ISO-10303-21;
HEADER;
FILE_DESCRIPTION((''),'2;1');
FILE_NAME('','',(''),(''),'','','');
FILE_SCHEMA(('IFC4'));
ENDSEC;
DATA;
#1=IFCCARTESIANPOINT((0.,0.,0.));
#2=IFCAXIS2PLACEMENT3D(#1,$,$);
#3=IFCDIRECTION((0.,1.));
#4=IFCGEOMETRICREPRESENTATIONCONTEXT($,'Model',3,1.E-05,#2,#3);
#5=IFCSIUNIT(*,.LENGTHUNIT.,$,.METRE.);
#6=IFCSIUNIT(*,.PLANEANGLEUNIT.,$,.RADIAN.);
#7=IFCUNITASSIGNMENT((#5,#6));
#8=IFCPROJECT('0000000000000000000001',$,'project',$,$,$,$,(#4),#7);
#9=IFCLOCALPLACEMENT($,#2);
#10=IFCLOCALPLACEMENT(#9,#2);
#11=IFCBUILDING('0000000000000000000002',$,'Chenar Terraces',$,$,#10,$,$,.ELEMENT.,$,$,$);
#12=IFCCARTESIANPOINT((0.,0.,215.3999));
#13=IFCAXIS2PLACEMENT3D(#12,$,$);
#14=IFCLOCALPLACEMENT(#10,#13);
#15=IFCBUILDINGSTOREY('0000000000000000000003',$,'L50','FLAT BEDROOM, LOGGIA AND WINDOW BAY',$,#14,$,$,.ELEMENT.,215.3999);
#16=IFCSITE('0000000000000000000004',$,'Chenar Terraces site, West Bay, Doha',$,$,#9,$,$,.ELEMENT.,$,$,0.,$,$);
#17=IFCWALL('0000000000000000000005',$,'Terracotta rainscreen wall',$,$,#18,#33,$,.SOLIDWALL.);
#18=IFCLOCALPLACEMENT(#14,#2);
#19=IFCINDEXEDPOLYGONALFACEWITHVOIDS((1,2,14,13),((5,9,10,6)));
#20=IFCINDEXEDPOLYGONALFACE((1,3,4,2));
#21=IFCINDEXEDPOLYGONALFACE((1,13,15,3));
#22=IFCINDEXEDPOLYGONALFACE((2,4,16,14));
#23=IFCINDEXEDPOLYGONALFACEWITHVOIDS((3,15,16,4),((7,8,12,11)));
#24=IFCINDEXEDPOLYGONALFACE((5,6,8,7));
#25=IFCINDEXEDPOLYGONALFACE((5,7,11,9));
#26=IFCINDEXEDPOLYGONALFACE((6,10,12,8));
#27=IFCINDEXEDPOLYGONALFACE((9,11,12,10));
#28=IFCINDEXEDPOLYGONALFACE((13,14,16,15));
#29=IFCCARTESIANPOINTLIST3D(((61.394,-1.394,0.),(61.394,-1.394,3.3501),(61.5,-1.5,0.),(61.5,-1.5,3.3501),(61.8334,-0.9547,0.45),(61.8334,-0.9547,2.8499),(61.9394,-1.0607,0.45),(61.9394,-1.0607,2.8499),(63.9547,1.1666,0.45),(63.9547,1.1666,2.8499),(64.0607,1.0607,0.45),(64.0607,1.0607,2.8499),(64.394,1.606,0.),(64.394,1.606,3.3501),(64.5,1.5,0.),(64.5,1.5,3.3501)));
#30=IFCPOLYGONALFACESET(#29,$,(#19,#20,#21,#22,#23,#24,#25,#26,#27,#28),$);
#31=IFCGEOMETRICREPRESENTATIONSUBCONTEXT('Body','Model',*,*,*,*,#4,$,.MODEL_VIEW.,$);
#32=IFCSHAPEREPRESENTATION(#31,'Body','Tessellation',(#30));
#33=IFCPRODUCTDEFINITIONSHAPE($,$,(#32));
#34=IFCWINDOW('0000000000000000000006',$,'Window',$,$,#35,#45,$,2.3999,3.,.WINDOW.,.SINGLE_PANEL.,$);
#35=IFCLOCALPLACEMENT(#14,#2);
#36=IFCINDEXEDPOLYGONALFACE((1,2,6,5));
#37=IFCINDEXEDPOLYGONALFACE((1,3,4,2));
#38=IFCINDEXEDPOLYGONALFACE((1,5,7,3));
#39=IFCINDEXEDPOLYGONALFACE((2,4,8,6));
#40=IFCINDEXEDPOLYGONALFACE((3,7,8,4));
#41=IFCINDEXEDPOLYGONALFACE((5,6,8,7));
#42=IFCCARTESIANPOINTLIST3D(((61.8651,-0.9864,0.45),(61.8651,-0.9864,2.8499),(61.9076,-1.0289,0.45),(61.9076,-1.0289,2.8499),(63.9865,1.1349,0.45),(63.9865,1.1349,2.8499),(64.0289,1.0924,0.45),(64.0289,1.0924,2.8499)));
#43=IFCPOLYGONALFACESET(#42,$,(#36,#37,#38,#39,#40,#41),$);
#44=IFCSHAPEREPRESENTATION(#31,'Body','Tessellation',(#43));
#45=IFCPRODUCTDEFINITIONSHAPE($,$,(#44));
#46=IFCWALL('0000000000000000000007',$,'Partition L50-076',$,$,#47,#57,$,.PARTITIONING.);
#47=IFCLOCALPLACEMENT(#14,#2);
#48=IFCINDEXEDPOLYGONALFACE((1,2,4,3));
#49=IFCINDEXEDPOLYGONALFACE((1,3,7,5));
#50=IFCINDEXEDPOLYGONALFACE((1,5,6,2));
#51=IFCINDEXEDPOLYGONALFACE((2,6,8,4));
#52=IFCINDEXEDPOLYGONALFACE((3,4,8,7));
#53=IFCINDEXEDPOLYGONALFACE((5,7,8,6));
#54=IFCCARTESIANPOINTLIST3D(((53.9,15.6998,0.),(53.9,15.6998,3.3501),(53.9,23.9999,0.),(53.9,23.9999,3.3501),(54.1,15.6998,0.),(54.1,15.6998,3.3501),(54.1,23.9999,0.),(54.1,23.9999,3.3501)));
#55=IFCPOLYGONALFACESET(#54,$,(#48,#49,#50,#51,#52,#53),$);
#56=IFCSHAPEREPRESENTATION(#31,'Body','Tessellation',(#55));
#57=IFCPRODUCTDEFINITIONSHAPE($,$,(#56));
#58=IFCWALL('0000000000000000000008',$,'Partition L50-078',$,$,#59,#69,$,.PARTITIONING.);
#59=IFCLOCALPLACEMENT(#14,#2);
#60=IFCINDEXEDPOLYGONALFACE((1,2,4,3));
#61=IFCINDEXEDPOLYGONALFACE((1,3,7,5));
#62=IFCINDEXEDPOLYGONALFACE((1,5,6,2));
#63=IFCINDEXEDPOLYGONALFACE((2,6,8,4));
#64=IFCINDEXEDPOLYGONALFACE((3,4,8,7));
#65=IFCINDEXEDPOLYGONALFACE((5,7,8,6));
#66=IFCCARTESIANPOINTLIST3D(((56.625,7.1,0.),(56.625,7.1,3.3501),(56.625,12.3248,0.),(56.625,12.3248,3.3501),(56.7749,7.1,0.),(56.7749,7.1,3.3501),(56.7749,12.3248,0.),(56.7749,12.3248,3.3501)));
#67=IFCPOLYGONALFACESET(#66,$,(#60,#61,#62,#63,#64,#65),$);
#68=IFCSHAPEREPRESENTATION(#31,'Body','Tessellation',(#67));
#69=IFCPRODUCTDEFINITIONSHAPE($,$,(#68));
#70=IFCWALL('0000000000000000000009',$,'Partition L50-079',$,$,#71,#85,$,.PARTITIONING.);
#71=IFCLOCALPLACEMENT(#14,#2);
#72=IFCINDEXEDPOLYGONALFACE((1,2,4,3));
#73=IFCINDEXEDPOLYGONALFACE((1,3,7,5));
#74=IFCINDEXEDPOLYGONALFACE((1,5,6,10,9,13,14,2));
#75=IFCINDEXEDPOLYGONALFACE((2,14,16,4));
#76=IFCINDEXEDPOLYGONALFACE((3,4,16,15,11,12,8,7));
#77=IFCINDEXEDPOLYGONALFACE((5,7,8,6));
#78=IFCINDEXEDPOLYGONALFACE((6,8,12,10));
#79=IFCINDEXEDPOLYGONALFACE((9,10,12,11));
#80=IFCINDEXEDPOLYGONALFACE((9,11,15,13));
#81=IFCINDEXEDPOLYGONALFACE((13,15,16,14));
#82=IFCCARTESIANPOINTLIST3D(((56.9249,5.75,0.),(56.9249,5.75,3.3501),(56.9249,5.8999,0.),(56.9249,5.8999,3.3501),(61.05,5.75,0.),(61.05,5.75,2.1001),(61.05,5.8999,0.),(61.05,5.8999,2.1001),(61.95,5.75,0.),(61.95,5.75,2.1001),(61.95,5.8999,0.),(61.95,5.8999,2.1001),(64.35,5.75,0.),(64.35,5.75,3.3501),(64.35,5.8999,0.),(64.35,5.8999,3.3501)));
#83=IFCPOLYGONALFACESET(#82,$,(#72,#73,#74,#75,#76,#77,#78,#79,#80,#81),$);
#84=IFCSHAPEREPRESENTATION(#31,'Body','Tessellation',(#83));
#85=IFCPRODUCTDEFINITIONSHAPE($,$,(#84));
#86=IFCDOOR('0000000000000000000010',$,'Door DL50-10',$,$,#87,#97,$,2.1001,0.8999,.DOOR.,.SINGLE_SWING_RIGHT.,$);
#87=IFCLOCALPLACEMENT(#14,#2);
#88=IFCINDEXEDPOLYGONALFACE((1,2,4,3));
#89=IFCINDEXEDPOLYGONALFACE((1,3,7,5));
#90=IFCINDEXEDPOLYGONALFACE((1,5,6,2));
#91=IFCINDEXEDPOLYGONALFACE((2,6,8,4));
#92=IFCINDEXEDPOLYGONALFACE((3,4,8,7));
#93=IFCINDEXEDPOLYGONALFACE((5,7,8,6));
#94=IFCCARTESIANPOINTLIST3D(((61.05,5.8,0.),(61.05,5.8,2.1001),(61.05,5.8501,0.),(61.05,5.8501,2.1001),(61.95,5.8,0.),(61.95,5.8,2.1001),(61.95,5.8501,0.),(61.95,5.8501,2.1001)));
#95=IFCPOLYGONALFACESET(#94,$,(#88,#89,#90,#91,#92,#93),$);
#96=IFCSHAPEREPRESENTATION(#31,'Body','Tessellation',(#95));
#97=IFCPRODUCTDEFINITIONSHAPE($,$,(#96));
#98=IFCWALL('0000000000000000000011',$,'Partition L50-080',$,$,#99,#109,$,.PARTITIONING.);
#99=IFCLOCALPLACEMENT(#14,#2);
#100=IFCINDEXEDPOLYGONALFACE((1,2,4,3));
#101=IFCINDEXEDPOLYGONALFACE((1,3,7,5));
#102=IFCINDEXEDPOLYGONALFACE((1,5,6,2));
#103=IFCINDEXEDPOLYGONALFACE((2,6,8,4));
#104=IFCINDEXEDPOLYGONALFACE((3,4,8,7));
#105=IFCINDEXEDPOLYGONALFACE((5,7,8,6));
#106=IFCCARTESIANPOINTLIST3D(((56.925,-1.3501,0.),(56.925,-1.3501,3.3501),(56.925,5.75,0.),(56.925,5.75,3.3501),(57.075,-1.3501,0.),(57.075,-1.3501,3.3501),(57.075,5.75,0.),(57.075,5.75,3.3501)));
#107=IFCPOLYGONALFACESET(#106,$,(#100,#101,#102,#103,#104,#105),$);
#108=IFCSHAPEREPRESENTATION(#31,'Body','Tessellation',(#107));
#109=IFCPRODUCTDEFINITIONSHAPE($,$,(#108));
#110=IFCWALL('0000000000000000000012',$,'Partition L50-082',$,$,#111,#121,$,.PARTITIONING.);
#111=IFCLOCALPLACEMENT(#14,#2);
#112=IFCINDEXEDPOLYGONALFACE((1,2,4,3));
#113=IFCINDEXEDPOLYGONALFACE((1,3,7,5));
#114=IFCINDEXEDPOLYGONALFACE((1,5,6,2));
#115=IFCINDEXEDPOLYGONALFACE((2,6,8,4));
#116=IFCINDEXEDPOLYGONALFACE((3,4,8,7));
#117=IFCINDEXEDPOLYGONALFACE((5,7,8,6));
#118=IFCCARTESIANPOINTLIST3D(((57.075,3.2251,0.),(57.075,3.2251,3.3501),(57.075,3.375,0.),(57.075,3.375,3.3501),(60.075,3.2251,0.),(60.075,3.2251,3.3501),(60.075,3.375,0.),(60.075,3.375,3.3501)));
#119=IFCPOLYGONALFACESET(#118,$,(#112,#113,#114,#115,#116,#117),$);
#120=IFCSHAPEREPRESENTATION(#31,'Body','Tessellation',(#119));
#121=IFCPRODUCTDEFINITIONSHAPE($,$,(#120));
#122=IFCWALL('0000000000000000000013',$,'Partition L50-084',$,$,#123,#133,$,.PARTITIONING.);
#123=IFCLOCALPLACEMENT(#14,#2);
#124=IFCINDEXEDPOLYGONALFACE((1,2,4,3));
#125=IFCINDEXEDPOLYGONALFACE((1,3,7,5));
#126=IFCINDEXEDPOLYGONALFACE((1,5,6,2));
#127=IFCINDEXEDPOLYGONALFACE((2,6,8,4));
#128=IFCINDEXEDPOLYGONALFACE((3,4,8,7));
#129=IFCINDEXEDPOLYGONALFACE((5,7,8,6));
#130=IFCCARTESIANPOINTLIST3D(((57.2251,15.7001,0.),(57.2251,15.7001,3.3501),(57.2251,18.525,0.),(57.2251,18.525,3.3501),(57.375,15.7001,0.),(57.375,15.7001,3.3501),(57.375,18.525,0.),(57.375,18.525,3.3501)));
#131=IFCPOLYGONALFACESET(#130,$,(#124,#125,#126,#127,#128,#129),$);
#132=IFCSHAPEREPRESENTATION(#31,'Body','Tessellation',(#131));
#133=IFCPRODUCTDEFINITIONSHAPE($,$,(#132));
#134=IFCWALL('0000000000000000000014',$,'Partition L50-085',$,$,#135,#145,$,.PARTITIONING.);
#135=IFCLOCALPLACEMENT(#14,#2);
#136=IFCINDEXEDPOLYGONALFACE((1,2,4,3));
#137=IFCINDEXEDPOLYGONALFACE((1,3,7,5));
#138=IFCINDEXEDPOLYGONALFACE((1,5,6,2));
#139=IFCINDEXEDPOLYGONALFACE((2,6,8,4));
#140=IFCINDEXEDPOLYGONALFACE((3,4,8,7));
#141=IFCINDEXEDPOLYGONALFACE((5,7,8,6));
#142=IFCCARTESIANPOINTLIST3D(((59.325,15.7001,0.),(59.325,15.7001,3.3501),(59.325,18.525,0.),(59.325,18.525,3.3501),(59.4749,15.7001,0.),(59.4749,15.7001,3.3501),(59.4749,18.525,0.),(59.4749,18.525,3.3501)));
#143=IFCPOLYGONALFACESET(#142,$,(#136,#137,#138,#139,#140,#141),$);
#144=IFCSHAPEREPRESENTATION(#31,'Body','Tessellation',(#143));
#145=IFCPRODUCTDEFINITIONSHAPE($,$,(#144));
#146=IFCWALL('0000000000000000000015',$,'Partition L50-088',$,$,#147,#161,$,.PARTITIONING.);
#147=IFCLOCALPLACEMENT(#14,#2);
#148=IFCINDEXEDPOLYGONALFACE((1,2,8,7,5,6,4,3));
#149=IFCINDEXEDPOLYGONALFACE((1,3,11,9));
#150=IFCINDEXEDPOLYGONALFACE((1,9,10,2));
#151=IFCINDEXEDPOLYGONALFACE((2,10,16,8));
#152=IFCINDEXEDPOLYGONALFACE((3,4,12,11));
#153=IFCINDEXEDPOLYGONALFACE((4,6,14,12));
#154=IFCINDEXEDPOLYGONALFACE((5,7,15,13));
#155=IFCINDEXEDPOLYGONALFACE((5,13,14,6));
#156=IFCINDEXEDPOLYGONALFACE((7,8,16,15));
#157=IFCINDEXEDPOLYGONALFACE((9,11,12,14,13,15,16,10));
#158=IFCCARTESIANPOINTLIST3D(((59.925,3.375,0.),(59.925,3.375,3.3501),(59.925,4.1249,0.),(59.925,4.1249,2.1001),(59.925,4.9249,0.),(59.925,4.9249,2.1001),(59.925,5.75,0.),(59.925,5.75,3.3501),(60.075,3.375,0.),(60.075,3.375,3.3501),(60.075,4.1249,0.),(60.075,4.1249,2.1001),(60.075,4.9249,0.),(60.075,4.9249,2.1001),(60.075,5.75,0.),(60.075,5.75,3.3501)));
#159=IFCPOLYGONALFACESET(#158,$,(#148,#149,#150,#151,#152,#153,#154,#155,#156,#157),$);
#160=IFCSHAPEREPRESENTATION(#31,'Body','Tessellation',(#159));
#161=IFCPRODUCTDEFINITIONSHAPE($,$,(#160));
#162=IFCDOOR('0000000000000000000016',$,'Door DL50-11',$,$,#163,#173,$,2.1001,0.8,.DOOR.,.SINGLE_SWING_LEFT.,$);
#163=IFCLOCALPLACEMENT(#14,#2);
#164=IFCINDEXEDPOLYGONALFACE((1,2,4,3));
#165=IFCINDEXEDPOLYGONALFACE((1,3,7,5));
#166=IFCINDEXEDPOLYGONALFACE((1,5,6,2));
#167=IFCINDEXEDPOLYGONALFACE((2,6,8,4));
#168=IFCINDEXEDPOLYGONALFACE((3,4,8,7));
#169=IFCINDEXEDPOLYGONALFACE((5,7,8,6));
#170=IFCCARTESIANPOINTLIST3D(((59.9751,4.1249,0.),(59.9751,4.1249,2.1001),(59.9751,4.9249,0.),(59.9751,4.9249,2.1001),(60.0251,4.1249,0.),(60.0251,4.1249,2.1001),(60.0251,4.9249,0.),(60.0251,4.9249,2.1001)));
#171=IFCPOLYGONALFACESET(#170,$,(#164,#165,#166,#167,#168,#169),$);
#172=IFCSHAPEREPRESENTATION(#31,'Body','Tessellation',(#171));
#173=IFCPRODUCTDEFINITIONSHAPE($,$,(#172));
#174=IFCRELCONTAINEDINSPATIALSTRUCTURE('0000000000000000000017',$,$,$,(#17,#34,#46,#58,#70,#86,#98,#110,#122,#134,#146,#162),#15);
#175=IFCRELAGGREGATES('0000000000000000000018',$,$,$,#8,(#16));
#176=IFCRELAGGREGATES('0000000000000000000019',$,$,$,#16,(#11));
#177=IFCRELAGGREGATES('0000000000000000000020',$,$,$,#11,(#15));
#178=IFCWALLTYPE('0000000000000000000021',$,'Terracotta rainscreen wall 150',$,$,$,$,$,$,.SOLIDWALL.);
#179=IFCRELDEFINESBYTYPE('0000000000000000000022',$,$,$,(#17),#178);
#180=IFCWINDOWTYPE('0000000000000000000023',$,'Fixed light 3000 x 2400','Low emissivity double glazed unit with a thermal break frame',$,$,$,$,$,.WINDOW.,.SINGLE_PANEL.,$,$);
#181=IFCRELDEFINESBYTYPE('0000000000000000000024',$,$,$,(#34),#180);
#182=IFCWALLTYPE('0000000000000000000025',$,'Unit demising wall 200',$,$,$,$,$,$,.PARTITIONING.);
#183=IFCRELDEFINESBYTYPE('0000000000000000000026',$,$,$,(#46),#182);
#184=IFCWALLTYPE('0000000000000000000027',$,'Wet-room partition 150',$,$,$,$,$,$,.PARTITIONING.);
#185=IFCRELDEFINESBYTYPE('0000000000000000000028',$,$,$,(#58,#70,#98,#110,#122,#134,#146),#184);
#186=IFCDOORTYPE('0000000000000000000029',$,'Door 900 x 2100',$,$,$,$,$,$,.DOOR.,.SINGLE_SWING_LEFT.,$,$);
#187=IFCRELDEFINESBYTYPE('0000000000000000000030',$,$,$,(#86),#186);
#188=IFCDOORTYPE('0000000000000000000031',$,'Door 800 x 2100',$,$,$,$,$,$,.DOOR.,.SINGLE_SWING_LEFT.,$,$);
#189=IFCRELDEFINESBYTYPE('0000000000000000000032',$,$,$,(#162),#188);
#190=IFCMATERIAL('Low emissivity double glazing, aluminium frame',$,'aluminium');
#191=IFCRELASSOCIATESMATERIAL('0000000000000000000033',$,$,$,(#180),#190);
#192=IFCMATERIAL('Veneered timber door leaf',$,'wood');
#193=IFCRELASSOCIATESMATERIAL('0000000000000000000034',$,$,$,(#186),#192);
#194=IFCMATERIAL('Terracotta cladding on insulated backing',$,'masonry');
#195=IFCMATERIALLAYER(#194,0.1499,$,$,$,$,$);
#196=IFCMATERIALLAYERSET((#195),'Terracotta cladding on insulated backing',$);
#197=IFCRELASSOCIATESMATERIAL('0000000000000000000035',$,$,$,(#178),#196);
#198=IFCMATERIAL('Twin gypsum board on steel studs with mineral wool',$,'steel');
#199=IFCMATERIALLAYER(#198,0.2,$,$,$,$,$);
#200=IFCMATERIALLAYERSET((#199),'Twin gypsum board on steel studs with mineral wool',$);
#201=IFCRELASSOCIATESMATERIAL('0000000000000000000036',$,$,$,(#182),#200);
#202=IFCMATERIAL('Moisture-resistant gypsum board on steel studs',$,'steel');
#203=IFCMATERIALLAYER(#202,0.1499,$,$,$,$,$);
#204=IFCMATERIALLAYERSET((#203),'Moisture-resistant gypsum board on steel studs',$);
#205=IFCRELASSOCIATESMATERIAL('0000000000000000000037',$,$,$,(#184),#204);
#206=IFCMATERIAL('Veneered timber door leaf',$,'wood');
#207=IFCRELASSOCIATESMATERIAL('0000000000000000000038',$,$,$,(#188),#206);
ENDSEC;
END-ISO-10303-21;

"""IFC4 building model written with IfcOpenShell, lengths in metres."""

from ifc_helpers import new_model, si_unit, direction, frame, frame_2d, origin, place, context, subcontext, project, spatial, rectangle, extrude, material, layer, layer_set, type_object, element, fill, save


model = new_model("IFC4")

# Units and contexts
model_context = context("Model", 3, precision=1e-05, world=origin(), true_north=direction((0.0, 1.0)))
body_context = subcontext(model_context, "Body", "Model", "MODEL_VIEW")
ifc_project = project(units=[si_unit("LENGTHUNIT", "METRE"), si_unit("PLANEANGLEUNIT", "RADIAN")], contexts=[model_context])

# Site, building, storey
site_placement = place(None, origin())
site = spatial("IfcSite", under=ifc_project, at=site_placement, Name="Chenar Terraces site, West Bay, Doha", CompositionType="ELEMENT", RefElevation=0.0)
building_placement = place(site_placement, origin())
building = spatial("IfcBuilding", under=site, at=building_placement, Name="Chenar Terraces", CompositionType="ELEMENT")
storey_placement = place(building_placement, frame((0.0, 0.0, 215.3999)))
storey = spatial("IfcBuildingStorey", under=building, at=storey_placement, Name="L50", Description="FLAT BEDROOM, LOGGIA AND WINDOW BAY", CompositionType="ELEMENT", Elevation=215.3999)

# Shared definitions
ifc_material_1 = material(Name="Low emissivity double glazing, aluminium frame", Category="aluminium")
window_type_1 = type_object("IfcWindowType", Name="Fixed light 3000 x 2400", Description="Low emissivity double glazed unit with a thermal break frame", PartitioningType="SINGLE_PANEL", PredefinedType="WINDOW", material=ifc_material_1)

# Shared definitions
ifc_material_2 = material(Name="Veneered timber door leaf", Category="wood")
door_type_1 = type_object("IfcDoorType", Name="Door 900 x 2100", OperationType="SINGLE_SWING_LEFT", PredefinedType="DOOR", material=ifc_material_2)

# Wall, opening, window
ifc_material_3 = material(Name="Terracotta cladding on insulated backing", Category="masonry")
ifc_layer_1 = layer(ifc_material_3, 0.1499)
ifc_layer_set_1 = layer_set([ifc_layer_1], Name="Terracotta cladding on insulated backing")
wall_type_1 = type_object("IfcWallType", Name="Terracotta rainscreen wall 150", PredefinedType="SOLIDWALL", material=ifc_layer_set_1)
wall_1_placement = place(storey_placement, frame((61.447, -1.447, 0.0), z_axis=(0.0, 0.0, 1.0), x_axis=(0.707107, 0.707107, 0.0)))
wall_1 = element("IfcWall", 1, at=wall_1_placement, inside=storey, type_object=wall_type_1, Name="Terracotta rainscreen wall", PredefinedType="SOLIDWALL", context=body_context, shape_type="SweptSolid", body=[
    extrude(rectangle(XDim=4.2427, YDim=0.1499, at=frame_2d((2.1213, 0.0))), origin(), (0.0, 0.0, 1.0), 3.3501),
])
opening_1_placement = place(wall_1_placement, frame((0.6213, 0.0, 0.45)))
opening_1 = element("IfcOpeningElement", 2, at=opening_1_placement, cuts=wall_1, PredefinedType="OPENING", context=body_context, shape_type="SweptSolid", body=[
    extrude(rectangle(XDim=3.0, YDim=2.3999, at=frame_2d((1.5, 1.2))), frame((0.0, 0.085, 0.0), z_axis=(0.0, -1.0, 0.0), x_axis=(1.0, 0.0, 0.0)), (0.0, 0.0, 1.0), 0.1699),
])
window_1_placement = place(opening_1_placement, origin())
window_1 = element("IfcWindow", 3, at=window_1_placement, inside=storey, type_object=window_type_1, Name="Window", OverallHeight=2.3999, OverallWidth=3.0, PartitioningType="SINGLE_PANEL", PredefinedType="WINDOW", context=body_context, shape_type="SweptSolid", body=[
    extrude(rectangle(XDim=3.0, YDim=2.3999, at=frame_2d((1.5, 1.2))), frame((0.0, 0.03, 0.0), z_axis=(0.0, -1.0, 0.0), x_axis=(1.0, 0.0, 0.0)), (0.0, 0.0, 1.0), 0.0601),
])
fill(opening_1, window_1)

# Walls
ifc_material_4 = material(Name="Twin gypsum board on steel studs with mineral wool", Category="steel")
ifc_layer_2 = layer(ifc_material_4, 0.2)
ifc_layer_set_2 = layer_set([ifc_layer_2], Name="Twin gypsum board on steel studs with mineral wool")
wall_type_2 = type_object("IfcWallType", Name="Unit demising wall 200", PredefinedType="PARTITIONING", material=ifc_layer_set_2)
wall_2_placement = place(storey_placement, frame((54.0, 15.7, 0.0), z_axis=(0.0, 0.0, 1.0), x_axis=(0.0, 1.0, 0.0)))
element("IfcWall", 4, at=wall_2_placement, inside=storey, type_object=wall_type_2, Name="Partition L50-076", PredefinedType="PARTITIONING", context=body_context, shape_type="SweptSolid", body=[
    extrude(rectangle(XDim=8.3, YDim=0.2, at=frame_2d((4.1499, 0.0))), origin(), (0.0, 0.0, 1.0), 3.3501),
])
ifc_material_5 = material(Name="Moisture-resistant gypsum board on steel studs", Category="steel")
ifc_layer_3 = layer(ifc_material_5, 0.1499)
ifc_layer_set_3 = layer_set([ifc_layer_3], Name="Moisture-resistant gypsum board on steel studs")
wall_type_3 = type_object("IfcWallType", Name="Wet-room partition 150", PredefinedType="PARTITIONING", material=ifc_layer_set_3)
wall_3_placement = place(storey_placement, frame((56.7, 7.1001, 0.0), z_axis=(0.0, 0.0, 1.0), x_axis=(0.0, 1.0, 0.0)))
element("IfcWall", 5, at=wall_3_placement, inside=storey, type_object=wall_type_3, Name="Partition L50-078", PredefinedType="PARTITIONING", context=body_context, shape_type="SweptSolid", body=[
    extrude(rectangle(XDim=5.2249, YDim=0.1499, at=frame_2d((2.6123, 0.0))), origin(), (0.0, 0.0, 1.0), 3.3501),
])

# Wall, opening, door
wall_4_placement = place(storey_placement, frame((56.925, 5.825, 0.0), z_axis=(0.0, 0.0, 1.0), x_axis=(1.0, 0.0, 0.0)))
wall_4 = element("IfcWall", 6, at=wall_4_placement, inside=storey, type_object=wall_type_3, Name="Partition L50-079", PredefinedType="PARTITIONING", context=body_context, shape_type="SweptSolid", body=[
    extrude(rectangle(XDim=7.425, YDim=0.1499, at=frame_2d((3.7124, 0.0))), origin(), (0.0, 0.0, 1.0), 3.3501),
])
opening_2_placement = place(wall_4_placement, frame((4.125, 0.0, 0.0)))
opening_2 = element("IfcOpeningElement", 7, at=opening_2_placement, cuts=wall_4, PredefinedType="OPENING", context=body_context, shape_type="SweptSolid", body=[
    extrude(rectangle(XDim=0.8999, YDim=2.1001, at=frame_2d((0.45, 1.05))), frame((0.0, 0.085, 0.0), z_axis=(0.0, -1.0, 0.0), x_axis=(1.0, 0.0, 0.0)), (0.0, 0.0, 1.0), 0.1699),
])
door_1_placement = place(opening_2_placement, frame((0.8999, 0.0, 0.0), z_axis=(0.0, 0.0, 1.0), x_axis=(-1.0, 0.0, 0.0)))
door_1 = element("IfcDoor", 8, at=door_1_placement, inside=storey, type_object=door_type_1, Name="Door DL50-10", OperationType="SINGLE_SWING_RIGHT", OverallHeight=2.1001, OverallWidth=0.8999, PredefinedType="DOOR", context=body_context, shape_type="SweptSolid", body=[
    extrude(rectangle(XDim=0.8999, YDim=2.1001, at=frame_2d((0.45, 1.05))), frame((0.0, 0.0249, 0.0), z_axis=(0.0, -1.0, 0.0), x_axis=(1.0, 0.0, 0.0)), (0.0, 0.0, 1.0), 0.05),
])
fill(opening_2, door_1)

# Walls
wall_5_placement = place(storey_placement, frame((57.0, -1.3501, 0.0), z_axis=(0.0, 0.0, 1.0), x_axis=(0.0, 1.0, 0.0)))
element("IfcWall", 9, at=wall_5_placement, inside=storey, type_object=wall_type_3, Name="Partition L50-080", PredefinedType="PARTITIONING", context=body_context, shape_type="SweptSolid", body=[
    extrude(rectangle(XDim=7.1001, YDim=0.1499, at=frame_2d((3.55, 0.0))), origin(), (0.0, 0.0, 1.0), 3.3501),
])
wall_6_placement = place(storey_placement, frame((57.075, 3.3, 0.0), z_axis=(0.0, 0.0, 1.0), x_axis=(1.0, 0.0, 0.0)))
element("IfcWall", 10, at=wall_6_placement, inside=storey, type_object=wall_type_3, Name="Partition L50-082", PredefinedType="PARTITIONING", context=body_context, shape_type="SweptSolid", body=[
    extrude(rectangle(XDim=3.0, YDim=0.1499, at=frame_2d((1.5, 0.0))), origin(), (0.0, 0.0, 1.0), 3.3501),
])
for number, where, z_axis, x_axis, name in (
    (11, (57.3, 15.7, 0.0), (0.0, 0.0, 1.0), (0.0, 1.0, 0.0), "Partition L50-084"),
    (12, (59.3999, 15.7, 0.0), (0.0, 0.0, 1.0), (0.0, 1.0, 0.0), "Partition L50-085"),
):
    element("IfcWall", number, at=place(storey_placement, frame(where, z_axis=z_axis, x_axis=x_axis)), inside=storey, type_object=wall_type_3, Name=name, PredefinedType="PARTITIONING", context=body_context, shape_type="SweptSolid", body=[
        extrude(rectangle(XDim=2.825, YDim=0.1499, at=frame_2d((1.4126, 0.0))), origin(), (0.0, 0.0, 1.0), 3.3501),
    ])

# Wall, opening, door
wall_7_placement = place(storey_placement, frame((60.0, 3.375, 0.0), z_axis=(0.0, 0.0, 1.0), x_axis=(0.0, 1.0, 0.0)))
wall_7 = element("IfcWall", 13, at=wall_7_placement, inside=storey, type_object=wall_type_3, Name="Partition L50-088", PredefinedType="PARTITIONING", context=body_context, shape_type="SweptSolid", body=[
    extrude(rectangle(XDim=2.375, YDim=0.1499, at=frame_2d((1.1875, 0.0))), origin(), (0.0, 0.0, 1.0), 3.3501),
])
opening_3_placement = place(wall_7_placement, frame((0.75, 0.0, 0.0)))
opening_3 = element("IfcOpeningElement", 14, at=opening_3_placement, cuts=wall_7, PredefinedType="OPENING", context=body_context, shape_type="SweptSolid", body=[
    extrude(rectangle(XDim=0.8, YDim=2.1001, at=frame_2d((0.3999, 1.05))), frame((0.0, 0.085, 0.0), z_axis=(0.0, -1.0, 0.0), x_axis=(1.0, 0.0, 0.0)), (0.0, 0.0, 1.0), 0.1699),
])
ifc_material_6 = material(Name="Veneered timber door leaf", Category="wood")
door_type_2 = type_object("IfcDoorType", Name="Door 800 x 2100", OperationType="SINGLE_SWING_LEFT", PredefinedType="DOOR", material=ifc_material_6)
door_2_placement = place(opening_3_placement, origin())
door_2 = element("IfcDoor", 15, at=door_2_placement, inside=storey, type_object=door_type_2, Name="Door DL50-11", OperationType="SINGLE_SWING_LEFT", OverallHeight=2.1001, OverallWidth=0.8, PredefinedType="DOOR", context=body_context, shape_type="SweptSolid", body=[
    extrude(rectangle(XDim=0.8, YDim=2.1001, at=frame_2d((0.3999, 1.05))), frame((0.0, 0.0249, 0.0), z_axis=(0.0, -1.0, 0.0), x_axis=(1.0, 0.0, 0.0)), (0.0, 0.0, 1.0), 0.05),
])
fill(opening_3, door_2)

save(model, "model.ifc")
